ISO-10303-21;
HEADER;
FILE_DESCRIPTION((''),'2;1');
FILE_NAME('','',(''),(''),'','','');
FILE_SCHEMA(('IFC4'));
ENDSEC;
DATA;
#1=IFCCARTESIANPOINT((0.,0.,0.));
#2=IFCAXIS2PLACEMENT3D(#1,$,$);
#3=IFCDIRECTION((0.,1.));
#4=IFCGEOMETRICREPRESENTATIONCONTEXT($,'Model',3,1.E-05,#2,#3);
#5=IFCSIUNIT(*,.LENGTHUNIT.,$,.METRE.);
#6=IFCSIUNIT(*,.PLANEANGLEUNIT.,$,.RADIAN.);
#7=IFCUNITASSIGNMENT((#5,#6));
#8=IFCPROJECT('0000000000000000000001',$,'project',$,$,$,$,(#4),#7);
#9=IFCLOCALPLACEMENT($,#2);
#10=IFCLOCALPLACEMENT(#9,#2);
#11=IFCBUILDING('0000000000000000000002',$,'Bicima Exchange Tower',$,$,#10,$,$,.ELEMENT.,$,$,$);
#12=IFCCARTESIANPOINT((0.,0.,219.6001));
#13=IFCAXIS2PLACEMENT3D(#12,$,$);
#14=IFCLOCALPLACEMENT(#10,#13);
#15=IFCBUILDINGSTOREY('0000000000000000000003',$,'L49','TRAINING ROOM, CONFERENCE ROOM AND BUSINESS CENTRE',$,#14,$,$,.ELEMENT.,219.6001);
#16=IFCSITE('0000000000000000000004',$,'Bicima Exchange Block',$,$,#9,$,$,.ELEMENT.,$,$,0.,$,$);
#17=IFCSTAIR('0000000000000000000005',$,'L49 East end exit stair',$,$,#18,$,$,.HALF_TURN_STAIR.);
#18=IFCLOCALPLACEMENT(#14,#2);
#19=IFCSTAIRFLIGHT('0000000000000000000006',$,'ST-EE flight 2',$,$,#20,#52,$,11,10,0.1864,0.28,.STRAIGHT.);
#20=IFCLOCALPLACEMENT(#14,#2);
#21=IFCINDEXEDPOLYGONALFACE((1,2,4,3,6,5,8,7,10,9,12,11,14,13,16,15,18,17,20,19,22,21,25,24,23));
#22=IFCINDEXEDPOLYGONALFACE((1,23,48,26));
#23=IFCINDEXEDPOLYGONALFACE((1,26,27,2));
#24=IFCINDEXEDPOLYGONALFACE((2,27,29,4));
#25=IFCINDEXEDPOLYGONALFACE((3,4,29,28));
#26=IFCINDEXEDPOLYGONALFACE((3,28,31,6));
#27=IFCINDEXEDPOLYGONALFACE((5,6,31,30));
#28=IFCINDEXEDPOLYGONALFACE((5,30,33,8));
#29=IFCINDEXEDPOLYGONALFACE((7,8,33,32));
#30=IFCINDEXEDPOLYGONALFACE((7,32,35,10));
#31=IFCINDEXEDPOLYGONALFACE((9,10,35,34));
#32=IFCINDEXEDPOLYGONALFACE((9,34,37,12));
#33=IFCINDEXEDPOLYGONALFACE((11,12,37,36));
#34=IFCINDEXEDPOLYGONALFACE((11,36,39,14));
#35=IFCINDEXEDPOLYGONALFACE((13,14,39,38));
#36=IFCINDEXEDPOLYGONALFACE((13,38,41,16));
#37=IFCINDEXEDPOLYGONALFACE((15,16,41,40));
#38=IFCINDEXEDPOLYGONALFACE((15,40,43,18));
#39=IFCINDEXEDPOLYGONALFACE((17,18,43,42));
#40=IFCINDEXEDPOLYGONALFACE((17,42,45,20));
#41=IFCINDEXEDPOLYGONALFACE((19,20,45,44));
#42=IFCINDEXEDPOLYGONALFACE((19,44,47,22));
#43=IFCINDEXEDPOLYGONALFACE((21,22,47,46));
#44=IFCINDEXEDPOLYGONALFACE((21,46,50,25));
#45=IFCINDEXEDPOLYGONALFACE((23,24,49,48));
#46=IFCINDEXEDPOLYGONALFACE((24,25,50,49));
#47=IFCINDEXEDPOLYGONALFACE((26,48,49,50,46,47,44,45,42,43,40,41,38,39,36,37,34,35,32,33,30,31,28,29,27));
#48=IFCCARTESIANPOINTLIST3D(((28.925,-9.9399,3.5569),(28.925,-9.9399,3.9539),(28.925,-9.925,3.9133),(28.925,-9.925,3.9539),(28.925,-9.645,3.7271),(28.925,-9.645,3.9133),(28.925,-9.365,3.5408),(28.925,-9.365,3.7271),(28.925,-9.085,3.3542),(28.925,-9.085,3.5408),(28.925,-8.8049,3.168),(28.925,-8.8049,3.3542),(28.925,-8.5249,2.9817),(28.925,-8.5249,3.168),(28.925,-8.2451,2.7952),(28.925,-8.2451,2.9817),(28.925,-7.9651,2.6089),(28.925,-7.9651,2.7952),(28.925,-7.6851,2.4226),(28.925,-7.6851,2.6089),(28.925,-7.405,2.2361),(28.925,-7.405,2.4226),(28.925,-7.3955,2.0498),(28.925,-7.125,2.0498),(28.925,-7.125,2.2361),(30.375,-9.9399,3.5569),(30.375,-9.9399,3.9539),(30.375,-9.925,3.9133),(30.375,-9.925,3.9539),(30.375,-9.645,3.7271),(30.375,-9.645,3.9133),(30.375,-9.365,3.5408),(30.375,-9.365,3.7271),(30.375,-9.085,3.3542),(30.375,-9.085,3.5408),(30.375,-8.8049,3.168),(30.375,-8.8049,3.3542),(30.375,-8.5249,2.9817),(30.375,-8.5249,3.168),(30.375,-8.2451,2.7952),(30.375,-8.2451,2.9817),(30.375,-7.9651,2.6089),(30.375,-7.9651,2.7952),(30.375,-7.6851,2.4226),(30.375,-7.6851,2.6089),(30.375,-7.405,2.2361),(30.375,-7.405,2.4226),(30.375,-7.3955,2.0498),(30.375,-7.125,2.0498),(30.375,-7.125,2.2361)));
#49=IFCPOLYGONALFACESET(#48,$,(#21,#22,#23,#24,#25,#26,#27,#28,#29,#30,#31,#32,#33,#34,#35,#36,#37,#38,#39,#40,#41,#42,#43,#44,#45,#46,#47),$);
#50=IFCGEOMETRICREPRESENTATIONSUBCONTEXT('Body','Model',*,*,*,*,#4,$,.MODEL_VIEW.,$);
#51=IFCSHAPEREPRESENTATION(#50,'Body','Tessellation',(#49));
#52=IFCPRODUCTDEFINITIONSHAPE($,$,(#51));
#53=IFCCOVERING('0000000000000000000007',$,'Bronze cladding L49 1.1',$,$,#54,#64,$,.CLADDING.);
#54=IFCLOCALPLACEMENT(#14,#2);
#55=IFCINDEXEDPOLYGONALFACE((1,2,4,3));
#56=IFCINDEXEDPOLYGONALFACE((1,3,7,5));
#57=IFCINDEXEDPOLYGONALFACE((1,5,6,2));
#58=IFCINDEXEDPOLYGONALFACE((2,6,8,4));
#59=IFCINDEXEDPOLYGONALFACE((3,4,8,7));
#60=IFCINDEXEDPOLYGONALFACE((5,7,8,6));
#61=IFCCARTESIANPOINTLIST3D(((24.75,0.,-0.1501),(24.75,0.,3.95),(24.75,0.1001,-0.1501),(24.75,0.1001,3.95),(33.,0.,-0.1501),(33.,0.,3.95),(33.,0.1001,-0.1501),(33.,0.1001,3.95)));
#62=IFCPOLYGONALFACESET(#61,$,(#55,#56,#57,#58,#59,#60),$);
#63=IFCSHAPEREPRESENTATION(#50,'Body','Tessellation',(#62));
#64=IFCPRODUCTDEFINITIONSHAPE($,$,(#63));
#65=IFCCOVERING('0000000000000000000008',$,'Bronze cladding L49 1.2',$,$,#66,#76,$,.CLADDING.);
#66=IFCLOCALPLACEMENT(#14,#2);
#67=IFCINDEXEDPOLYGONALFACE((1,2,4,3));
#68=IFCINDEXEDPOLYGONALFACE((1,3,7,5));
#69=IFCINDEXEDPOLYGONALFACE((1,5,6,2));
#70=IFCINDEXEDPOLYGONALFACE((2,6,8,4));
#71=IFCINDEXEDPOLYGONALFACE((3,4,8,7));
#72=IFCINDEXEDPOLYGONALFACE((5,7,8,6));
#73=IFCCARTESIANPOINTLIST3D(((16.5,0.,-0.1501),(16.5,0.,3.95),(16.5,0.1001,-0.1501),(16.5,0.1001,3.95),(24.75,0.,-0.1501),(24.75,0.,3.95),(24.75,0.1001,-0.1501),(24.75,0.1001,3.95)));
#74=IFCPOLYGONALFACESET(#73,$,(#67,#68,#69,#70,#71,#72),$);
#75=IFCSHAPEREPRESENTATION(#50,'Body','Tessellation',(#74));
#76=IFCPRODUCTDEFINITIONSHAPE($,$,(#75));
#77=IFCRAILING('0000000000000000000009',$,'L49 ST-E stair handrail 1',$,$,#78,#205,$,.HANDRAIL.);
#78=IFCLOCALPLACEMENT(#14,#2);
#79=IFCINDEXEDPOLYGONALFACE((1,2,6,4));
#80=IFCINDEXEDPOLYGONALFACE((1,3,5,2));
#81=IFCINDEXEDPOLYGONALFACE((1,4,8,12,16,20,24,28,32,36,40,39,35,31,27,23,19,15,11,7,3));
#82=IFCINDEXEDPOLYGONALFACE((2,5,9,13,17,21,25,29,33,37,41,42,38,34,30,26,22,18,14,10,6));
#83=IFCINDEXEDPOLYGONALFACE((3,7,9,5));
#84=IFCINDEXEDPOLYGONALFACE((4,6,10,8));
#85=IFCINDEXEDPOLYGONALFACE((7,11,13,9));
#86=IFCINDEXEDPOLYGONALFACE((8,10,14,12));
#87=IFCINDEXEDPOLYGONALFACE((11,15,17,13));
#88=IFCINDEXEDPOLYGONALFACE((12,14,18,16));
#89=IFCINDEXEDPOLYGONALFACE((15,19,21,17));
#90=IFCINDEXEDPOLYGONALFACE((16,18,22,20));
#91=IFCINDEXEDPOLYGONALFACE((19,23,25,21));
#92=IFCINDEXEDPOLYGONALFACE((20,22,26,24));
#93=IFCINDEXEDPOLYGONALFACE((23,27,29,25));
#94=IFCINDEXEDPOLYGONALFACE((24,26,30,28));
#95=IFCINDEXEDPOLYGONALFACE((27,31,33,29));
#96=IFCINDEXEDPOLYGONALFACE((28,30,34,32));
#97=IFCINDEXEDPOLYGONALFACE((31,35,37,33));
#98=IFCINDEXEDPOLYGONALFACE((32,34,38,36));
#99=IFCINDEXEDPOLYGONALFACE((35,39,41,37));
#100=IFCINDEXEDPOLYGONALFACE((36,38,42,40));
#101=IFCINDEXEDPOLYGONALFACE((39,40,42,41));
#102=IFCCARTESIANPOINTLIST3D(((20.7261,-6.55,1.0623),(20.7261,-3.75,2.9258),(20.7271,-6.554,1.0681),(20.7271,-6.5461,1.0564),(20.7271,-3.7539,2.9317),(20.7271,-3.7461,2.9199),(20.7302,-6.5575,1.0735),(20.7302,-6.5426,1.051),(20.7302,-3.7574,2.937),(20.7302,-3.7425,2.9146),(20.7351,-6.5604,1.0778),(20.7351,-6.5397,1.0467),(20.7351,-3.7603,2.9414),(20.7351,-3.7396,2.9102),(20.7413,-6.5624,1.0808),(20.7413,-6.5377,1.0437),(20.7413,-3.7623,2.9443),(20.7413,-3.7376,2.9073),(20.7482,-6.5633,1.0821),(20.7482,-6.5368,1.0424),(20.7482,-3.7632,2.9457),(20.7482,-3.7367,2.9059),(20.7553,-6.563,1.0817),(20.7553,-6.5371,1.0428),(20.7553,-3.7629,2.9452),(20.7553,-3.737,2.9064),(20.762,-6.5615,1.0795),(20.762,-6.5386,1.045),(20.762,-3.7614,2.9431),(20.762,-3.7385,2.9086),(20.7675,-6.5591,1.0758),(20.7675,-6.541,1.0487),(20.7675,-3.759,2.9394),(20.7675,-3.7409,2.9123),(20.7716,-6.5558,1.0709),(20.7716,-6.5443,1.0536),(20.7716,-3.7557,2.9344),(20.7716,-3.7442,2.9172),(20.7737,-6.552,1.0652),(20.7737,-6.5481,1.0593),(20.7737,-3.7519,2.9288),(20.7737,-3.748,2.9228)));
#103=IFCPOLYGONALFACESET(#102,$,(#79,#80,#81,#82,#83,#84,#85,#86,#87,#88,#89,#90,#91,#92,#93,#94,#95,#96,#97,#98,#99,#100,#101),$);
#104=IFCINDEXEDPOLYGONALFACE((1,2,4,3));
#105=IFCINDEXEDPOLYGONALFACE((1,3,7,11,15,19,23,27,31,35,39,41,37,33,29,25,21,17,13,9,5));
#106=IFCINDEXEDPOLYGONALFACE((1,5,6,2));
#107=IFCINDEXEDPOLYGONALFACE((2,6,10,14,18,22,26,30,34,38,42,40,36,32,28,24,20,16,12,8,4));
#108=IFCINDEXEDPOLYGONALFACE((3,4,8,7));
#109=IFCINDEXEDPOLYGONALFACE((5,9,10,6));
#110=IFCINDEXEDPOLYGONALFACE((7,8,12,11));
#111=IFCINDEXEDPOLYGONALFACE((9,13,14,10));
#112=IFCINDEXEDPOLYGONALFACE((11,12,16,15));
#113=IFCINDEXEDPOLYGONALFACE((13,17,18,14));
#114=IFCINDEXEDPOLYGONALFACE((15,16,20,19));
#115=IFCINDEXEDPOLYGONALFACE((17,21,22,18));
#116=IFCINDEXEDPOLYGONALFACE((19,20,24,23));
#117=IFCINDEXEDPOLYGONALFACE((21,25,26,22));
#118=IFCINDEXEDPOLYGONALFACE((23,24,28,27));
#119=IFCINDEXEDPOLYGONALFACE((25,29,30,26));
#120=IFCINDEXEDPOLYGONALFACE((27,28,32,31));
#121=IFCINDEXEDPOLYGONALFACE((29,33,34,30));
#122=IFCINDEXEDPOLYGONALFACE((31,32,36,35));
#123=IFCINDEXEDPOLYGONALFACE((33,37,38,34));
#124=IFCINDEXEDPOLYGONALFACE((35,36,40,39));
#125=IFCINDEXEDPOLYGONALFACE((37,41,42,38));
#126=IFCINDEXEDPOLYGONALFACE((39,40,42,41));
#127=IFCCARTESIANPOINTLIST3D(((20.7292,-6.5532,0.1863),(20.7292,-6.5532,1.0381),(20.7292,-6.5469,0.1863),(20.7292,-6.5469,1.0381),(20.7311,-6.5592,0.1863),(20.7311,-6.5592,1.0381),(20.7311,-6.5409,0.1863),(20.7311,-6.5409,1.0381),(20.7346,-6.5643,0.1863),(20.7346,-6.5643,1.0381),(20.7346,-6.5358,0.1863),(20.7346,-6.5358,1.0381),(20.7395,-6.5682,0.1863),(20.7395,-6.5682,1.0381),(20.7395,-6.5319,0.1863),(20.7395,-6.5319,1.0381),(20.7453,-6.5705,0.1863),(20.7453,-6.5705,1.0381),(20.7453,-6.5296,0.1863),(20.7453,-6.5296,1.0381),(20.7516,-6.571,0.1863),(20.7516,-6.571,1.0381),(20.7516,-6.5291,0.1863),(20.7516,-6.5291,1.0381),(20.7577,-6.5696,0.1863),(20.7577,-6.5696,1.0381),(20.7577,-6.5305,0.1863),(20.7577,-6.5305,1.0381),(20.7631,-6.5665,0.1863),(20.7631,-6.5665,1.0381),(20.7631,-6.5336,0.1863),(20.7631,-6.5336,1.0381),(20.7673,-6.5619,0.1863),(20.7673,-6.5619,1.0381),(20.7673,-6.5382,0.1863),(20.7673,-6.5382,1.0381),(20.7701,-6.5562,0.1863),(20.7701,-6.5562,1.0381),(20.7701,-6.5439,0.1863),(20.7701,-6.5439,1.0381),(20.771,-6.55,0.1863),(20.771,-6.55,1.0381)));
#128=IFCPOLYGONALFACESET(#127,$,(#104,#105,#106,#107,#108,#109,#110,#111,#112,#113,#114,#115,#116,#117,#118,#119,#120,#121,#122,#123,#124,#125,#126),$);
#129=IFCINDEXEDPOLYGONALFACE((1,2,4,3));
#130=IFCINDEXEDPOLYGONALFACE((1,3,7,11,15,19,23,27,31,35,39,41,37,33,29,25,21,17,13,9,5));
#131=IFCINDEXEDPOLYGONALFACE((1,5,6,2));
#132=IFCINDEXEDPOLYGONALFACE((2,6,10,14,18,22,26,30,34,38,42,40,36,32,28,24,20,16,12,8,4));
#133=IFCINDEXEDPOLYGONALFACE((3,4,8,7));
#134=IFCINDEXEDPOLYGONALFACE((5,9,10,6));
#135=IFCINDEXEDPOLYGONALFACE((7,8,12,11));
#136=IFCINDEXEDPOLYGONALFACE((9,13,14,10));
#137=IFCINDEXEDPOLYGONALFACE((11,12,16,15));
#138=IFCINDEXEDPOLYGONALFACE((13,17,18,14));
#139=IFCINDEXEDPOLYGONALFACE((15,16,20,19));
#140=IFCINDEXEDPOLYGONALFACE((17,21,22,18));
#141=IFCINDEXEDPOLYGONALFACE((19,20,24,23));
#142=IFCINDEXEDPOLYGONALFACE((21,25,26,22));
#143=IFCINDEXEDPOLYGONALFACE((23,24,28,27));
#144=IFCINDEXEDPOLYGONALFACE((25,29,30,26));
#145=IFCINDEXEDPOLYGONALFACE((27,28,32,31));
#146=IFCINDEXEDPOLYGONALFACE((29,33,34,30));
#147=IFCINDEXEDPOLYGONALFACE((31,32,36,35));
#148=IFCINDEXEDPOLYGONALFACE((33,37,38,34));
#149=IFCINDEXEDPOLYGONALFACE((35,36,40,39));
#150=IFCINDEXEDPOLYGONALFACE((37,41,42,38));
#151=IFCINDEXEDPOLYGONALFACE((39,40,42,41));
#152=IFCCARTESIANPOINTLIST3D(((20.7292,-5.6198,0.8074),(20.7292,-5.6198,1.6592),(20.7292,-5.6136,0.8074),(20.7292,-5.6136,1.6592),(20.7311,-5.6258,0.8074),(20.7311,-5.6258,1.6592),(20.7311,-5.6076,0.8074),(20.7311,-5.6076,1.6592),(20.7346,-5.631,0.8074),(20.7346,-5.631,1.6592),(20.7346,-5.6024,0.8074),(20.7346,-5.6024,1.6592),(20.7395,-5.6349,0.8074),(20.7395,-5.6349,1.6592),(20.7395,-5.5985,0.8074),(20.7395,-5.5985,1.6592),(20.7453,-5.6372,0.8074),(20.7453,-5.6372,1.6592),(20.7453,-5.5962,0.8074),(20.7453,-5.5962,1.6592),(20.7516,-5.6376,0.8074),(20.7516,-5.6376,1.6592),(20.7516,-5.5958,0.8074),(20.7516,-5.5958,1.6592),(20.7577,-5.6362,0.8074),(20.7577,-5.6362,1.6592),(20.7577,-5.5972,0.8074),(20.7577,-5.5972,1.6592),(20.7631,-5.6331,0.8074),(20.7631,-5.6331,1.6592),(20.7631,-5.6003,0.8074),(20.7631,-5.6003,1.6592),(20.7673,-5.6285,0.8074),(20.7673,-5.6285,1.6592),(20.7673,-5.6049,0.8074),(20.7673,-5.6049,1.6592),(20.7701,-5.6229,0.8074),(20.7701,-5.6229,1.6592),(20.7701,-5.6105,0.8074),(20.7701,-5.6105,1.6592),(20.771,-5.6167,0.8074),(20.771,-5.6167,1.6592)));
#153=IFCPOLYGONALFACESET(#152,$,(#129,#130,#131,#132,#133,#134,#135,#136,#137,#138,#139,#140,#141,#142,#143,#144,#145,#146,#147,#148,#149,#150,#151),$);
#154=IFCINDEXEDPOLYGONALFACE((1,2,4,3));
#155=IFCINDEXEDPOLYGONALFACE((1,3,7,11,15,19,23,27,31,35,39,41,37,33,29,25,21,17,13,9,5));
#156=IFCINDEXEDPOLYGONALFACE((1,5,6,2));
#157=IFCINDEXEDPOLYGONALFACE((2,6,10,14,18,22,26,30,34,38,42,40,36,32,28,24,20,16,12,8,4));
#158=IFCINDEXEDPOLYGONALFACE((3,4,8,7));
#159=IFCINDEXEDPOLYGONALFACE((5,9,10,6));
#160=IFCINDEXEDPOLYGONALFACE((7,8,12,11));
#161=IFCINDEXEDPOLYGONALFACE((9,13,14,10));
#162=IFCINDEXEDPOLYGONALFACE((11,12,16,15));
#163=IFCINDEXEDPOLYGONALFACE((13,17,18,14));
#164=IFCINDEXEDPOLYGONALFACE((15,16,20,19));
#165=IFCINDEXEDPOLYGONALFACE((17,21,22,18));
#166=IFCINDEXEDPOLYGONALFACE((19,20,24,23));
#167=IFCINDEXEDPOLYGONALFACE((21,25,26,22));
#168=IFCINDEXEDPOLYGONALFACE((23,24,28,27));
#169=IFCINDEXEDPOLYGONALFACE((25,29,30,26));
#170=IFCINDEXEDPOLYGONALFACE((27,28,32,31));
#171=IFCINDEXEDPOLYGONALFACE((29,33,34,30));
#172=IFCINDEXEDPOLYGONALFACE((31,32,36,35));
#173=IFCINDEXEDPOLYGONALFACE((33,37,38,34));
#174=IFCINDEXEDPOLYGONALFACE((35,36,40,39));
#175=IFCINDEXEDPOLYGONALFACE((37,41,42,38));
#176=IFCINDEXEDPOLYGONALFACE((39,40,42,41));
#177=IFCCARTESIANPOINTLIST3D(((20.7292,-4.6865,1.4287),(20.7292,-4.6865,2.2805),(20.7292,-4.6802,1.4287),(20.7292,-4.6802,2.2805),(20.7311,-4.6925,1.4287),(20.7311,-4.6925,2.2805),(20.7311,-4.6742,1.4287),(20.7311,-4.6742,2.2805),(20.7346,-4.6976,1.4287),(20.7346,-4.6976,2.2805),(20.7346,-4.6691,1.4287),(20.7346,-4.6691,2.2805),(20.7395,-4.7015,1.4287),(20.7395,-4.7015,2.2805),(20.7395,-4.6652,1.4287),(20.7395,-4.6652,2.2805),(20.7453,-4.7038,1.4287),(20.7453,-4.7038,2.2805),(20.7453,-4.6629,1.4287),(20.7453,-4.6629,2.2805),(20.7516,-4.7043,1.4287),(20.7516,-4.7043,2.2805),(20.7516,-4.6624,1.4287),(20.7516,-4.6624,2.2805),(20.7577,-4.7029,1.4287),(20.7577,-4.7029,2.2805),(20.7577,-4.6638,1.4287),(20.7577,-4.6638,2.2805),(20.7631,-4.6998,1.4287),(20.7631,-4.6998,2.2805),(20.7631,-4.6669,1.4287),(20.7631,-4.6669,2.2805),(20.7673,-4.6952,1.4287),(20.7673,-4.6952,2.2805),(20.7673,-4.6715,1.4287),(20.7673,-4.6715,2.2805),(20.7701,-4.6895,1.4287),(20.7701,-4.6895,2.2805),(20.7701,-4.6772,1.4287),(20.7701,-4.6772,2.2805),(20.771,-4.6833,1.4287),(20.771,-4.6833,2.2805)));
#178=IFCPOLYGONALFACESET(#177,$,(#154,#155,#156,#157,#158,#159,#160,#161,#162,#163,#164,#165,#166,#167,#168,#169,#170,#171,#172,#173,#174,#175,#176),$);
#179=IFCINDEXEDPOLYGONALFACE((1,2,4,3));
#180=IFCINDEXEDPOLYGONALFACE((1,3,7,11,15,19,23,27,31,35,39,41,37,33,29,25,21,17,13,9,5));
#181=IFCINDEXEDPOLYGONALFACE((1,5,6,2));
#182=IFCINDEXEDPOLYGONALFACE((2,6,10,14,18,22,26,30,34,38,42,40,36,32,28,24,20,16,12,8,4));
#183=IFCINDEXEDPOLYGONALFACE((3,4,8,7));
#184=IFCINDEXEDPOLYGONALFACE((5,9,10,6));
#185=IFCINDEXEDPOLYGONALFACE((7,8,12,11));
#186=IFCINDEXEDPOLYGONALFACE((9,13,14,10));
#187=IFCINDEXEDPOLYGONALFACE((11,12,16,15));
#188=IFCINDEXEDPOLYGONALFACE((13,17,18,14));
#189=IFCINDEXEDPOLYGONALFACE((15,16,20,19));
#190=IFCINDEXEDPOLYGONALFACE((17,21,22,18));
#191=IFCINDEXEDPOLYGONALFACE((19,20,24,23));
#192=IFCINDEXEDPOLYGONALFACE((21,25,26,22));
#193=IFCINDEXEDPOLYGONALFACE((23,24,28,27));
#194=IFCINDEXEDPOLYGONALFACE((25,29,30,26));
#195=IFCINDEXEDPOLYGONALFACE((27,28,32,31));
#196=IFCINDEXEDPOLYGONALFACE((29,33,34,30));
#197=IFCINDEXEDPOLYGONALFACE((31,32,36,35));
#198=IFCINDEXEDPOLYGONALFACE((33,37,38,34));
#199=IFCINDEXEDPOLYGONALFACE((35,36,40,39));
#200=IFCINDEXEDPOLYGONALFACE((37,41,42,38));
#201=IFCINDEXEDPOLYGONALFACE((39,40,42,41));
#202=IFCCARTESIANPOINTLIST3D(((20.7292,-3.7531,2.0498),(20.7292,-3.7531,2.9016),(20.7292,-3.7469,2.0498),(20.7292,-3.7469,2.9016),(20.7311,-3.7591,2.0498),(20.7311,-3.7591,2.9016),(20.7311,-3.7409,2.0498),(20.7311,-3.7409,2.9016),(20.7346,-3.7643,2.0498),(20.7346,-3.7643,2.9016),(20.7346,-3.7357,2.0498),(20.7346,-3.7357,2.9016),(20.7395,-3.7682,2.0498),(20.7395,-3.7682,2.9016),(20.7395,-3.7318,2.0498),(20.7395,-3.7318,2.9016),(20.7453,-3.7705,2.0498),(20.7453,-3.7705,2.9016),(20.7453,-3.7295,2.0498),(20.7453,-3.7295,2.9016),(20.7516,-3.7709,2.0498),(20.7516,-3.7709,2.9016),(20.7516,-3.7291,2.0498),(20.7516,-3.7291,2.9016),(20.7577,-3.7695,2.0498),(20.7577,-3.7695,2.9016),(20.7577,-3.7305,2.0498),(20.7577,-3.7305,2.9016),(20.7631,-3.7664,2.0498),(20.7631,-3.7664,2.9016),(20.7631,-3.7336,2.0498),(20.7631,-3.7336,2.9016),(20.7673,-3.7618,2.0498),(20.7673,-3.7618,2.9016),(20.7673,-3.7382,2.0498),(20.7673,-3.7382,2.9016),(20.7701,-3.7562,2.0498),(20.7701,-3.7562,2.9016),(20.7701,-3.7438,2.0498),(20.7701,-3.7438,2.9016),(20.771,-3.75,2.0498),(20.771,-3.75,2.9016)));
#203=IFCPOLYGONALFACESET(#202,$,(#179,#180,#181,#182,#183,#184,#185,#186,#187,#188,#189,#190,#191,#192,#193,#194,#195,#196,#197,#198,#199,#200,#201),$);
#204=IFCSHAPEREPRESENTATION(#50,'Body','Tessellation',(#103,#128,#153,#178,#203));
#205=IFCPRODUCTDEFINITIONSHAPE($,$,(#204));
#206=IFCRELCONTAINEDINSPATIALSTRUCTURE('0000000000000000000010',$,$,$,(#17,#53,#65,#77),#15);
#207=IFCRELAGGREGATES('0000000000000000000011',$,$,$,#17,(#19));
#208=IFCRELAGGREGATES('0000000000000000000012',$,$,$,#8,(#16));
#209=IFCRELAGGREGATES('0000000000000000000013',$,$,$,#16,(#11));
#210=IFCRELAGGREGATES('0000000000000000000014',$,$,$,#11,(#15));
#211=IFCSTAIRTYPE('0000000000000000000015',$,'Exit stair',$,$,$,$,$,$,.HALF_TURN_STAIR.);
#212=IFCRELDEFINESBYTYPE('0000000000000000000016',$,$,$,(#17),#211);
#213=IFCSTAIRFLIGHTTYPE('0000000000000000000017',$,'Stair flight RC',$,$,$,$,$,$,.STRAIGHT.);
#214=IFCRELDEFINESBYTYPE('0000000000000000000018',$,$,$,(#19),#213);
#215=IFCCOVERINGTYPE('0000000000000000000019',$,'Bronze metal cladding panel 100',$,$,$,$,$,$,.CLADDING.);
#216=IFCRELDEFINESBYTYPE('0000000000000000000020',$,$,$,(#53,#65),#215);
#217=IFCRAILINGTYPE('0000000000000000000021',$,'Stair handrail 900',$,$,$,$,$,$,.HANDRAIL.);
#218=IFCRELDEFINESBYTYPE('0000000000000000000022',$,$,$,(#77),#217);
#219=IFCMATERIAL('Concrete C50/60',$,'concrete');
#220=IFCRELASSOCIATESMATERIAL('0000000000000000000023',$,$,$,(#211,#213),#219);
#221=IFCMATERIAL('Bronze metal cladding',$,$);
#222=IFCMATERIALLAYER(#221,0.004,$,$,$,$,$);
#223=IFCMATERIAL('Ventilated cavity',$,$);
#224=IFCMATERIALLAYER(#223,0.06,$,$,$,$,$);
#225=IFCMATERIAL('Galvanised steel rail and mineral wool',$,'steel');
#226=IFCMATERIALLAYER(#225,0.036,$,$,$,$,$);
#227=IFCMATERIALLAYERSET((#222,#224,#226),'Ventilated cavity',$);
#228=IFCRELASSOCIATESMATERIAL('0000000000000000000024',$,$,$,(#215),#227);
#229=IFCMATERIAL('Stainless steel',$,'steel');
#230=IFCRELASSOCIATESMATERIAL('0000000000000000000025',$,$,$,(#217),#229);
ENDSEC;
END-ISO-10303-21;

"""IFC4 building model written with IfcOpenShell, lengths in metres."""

from ifc_helpers import new_model, si_unit, direction, frame, origin, origin_2d, place, context, subcontext, project, spatial, polyline, rectangle, circle, outline, extrude, material, layer, layer_set, type_object, element, aggregate, save


model = new_model("IFC4")

# Units and contexts
model_context = context("Model", 3, precision=1e-05, world=origin(), true_north=direction((0.0, 1.0)))
body_context = subcontext(model_context, "Body", "Model", "MODEL_VIEW")
ifc_project = project(units=[si_unit("LENGTHUNIT", "METRE"), si_unit("PLANEANGLEUNIT", "RADIAN")], contexts=[model_context])

# Site, building, storey
site_placement = place(None, origin())
site = spatial("IfcSite", under=ifc_project, at=site_placement, Name="Bicima Exchange Block", CompositionType="ELEMENT", RefElevation=0.0)
building_placement = place(site_placement, origin())
building = spatial("IfcBuilding", under=site, at=building_placement, Name="Bicima Exchange Tower", CompositionType="ELEMENT")
storey_placement = place(building_placement, frame((0.0, 0.0, 219.6001)))
storey = spatial("IfcBuildingStorey", under=building, at=storey_placement, Name="L49", Description="TRAINING ROOM, CONFERENCE ROOM AND BUSINESS CENTRE", CompositionType="ELEMENT", Elevation=219.6001)

# Shared definitions
ifc_material_1 = material(Name="Concrete C50/60", Category="concrete")

# Shared definitions
stair_type = type_object("IfcStairType", Name="Exit stair", PredefinedType="HALF_TURN_STAIR", material=ifc_material_1)
stair_flight_type = type_object("IfcStairFlightType", Name="Stair flight RC", PredefinedType="STRAIGHT", material=ifc_material_1)

# Stair, stair flight
stair_1_placement = place(storey_placement, origin())
stair_1 = element("IfcStair", 1, at=stair_1_placement, inside=storey, type_object=stair_type, Name="L49 East end exit stair", PredefinedType="HALF_TURN_STAIR")
stair_flight_1_placement = place(storey_placement, frame((29.6499, -7.125, 2.0498), z_axis=(0.0, 0.0, 1.0), x_axis=(0.0, -1.0, 0.0)))
stair_flight_1 = element("IfcStairFlight", 2, at=stair_flight_1_placement, type_object=stair_flight_type, Name="ST-EE flight 2", NumberOfRisers=11, NumberOfTreads=10, PredefinedType="STRAIGHT", RiserHeight=0.1864, TreadLength=0.28, context=body_context, shape_type="SweptSolid", body=[
    extrude(outline(polyline([(0.0, 0.0), (0.0, 0.1863), (0.28, 0.1863), (0.28, 0.3728), (0.5601, 0.3728), (0.5601, 0.5591), (0.8401, 0.5591), (0.8401, 0.7454), (1.1201, 0.7454), (1.1201, 0.9319), (1.3999, 0.9319), (1.3999, 1.1182), (1.6799, 1.1182), (1.6799, 1.3044), (1.96, 1.3044), (1.96, 1.491), (2.24, 1.491), (2.24, 1.6772), (2.52, 1.6772), (2.52, 1.8635), (2.8, 1.8635), (2.8, 1.9041), (2.8149, 1.9041), (2.8149, 1.5071), (0.2705, 0.0), (0.0, 0.0)])), frame((0.0, 0.7251, 0.0), z_axis=(0.0, -1.0, 0.0), x_axis=(1.0, 0.0, 0.0)), (0.0, 0.0, 1.0), 1.45),
])
aggregate(stair_1, [stair_flight_1])

# Coverings
ifc_material_2 = material(Name="Bronze metal cladding")
ifc_layer_1 = layer(ifc_material_2, 0.004)
ifc_material_3 = material(Name="Ventilated cavity")
ifc_layer_2 = layer(ifc_material_3, 0.06)
ifc_material_4 = material(Name="Galvanised steel rail and mineral wool", Category="steel")
ifc_layer_3 = layer(ifc_material_4, 0.036)
ifc_layer_set_1 = layer_set([ifc_layer_1, ifc_layer_2, ifc_layer_3], Name="Ventilated cavity")
covering_type = type_object("IfcCoveringType", Name="Bronze metal cladding panel 100", PredefinedType="CLADDING", material=ifc_layer_set_1)
for number, where, z_axis, x_axis, name in (
    (3, (28.875, 0.05, -0.1501), (0.0, 0.0, 1.0), (-1.0, 0.0, 0.0), "Bronze cladding L49 1.1"),
    (4, (20.625, 0.05, -0.1501), (0.0, 0.0, 1.0), (-1.0, 0.0, 0.0), "Bronze cladding L49 1.2"),
):
    element("IfcCovering", number, at=place(storey_placement, frame(where, z_axis=z_axis, x_axis=x_axis)), inside=storey, type_object=covering_type, Name=name, PredefinedType="CLADDING", context=body_context, shape_type="SweptSolid", body=[
        extrude(rectangle(XDim=8.25, YDim=0.1001, at=origin_2d()), origin(), (0.0, 0.0, 1.0), 4.1001),
    ])

# Railing
ifc_material_5 = material(Name="Stainless steel", Category="steel")
railing_type_1 = type_object("IfcRailingType", Name="Stair handrail 900", PredefinedType="HANDRAIL", material=ifc_material_5)
railing_1_placement = place(storey_placement, frame((20.75, -6.55, 0.1863)))
element("IfcRailing", 5, at=railing_1_placement, inside=storey, type_object=railing_type_1, Name="L49 ST-E stair handrail 1", PredefinedType="HANDRAIL", context=body_context, shape_type="SweptSolid", body=[
    extrude(circle(Radius=0.0239, at=origin_2d()), frame((0.0, 0.0, 0.876), z_axis=(0.0, 0.832486, 0.554047), x_axis=(-1.0, 0.0, 0.0)), (0.0, 0.0, 1.0), 3.3635),
    extrude(circle(Radius=0.021, at=origin_2d()), origin(), (0.0, 0.0, 1.0), 0.8518),
    extrude(circle(Radius=0.021, at=origin_2d()), frame((0.0, 0.9333, 0.6211)), (0.0, 0.0, 1.0), 0.8518),
    extrude(circle(Radius=0.021, at=origin_2d()), frame((0.0, 1.8667, 1.2424)), (0.0, 0.0, 1.0), 0.8518),
    extrude(circle(Radius=0.021, at=origin_2d()), frame((0.0, 2.8, 1.8635)), (0.0, 0.0, 1.0), 0.8518),
])

save(model, "model.ifc")
